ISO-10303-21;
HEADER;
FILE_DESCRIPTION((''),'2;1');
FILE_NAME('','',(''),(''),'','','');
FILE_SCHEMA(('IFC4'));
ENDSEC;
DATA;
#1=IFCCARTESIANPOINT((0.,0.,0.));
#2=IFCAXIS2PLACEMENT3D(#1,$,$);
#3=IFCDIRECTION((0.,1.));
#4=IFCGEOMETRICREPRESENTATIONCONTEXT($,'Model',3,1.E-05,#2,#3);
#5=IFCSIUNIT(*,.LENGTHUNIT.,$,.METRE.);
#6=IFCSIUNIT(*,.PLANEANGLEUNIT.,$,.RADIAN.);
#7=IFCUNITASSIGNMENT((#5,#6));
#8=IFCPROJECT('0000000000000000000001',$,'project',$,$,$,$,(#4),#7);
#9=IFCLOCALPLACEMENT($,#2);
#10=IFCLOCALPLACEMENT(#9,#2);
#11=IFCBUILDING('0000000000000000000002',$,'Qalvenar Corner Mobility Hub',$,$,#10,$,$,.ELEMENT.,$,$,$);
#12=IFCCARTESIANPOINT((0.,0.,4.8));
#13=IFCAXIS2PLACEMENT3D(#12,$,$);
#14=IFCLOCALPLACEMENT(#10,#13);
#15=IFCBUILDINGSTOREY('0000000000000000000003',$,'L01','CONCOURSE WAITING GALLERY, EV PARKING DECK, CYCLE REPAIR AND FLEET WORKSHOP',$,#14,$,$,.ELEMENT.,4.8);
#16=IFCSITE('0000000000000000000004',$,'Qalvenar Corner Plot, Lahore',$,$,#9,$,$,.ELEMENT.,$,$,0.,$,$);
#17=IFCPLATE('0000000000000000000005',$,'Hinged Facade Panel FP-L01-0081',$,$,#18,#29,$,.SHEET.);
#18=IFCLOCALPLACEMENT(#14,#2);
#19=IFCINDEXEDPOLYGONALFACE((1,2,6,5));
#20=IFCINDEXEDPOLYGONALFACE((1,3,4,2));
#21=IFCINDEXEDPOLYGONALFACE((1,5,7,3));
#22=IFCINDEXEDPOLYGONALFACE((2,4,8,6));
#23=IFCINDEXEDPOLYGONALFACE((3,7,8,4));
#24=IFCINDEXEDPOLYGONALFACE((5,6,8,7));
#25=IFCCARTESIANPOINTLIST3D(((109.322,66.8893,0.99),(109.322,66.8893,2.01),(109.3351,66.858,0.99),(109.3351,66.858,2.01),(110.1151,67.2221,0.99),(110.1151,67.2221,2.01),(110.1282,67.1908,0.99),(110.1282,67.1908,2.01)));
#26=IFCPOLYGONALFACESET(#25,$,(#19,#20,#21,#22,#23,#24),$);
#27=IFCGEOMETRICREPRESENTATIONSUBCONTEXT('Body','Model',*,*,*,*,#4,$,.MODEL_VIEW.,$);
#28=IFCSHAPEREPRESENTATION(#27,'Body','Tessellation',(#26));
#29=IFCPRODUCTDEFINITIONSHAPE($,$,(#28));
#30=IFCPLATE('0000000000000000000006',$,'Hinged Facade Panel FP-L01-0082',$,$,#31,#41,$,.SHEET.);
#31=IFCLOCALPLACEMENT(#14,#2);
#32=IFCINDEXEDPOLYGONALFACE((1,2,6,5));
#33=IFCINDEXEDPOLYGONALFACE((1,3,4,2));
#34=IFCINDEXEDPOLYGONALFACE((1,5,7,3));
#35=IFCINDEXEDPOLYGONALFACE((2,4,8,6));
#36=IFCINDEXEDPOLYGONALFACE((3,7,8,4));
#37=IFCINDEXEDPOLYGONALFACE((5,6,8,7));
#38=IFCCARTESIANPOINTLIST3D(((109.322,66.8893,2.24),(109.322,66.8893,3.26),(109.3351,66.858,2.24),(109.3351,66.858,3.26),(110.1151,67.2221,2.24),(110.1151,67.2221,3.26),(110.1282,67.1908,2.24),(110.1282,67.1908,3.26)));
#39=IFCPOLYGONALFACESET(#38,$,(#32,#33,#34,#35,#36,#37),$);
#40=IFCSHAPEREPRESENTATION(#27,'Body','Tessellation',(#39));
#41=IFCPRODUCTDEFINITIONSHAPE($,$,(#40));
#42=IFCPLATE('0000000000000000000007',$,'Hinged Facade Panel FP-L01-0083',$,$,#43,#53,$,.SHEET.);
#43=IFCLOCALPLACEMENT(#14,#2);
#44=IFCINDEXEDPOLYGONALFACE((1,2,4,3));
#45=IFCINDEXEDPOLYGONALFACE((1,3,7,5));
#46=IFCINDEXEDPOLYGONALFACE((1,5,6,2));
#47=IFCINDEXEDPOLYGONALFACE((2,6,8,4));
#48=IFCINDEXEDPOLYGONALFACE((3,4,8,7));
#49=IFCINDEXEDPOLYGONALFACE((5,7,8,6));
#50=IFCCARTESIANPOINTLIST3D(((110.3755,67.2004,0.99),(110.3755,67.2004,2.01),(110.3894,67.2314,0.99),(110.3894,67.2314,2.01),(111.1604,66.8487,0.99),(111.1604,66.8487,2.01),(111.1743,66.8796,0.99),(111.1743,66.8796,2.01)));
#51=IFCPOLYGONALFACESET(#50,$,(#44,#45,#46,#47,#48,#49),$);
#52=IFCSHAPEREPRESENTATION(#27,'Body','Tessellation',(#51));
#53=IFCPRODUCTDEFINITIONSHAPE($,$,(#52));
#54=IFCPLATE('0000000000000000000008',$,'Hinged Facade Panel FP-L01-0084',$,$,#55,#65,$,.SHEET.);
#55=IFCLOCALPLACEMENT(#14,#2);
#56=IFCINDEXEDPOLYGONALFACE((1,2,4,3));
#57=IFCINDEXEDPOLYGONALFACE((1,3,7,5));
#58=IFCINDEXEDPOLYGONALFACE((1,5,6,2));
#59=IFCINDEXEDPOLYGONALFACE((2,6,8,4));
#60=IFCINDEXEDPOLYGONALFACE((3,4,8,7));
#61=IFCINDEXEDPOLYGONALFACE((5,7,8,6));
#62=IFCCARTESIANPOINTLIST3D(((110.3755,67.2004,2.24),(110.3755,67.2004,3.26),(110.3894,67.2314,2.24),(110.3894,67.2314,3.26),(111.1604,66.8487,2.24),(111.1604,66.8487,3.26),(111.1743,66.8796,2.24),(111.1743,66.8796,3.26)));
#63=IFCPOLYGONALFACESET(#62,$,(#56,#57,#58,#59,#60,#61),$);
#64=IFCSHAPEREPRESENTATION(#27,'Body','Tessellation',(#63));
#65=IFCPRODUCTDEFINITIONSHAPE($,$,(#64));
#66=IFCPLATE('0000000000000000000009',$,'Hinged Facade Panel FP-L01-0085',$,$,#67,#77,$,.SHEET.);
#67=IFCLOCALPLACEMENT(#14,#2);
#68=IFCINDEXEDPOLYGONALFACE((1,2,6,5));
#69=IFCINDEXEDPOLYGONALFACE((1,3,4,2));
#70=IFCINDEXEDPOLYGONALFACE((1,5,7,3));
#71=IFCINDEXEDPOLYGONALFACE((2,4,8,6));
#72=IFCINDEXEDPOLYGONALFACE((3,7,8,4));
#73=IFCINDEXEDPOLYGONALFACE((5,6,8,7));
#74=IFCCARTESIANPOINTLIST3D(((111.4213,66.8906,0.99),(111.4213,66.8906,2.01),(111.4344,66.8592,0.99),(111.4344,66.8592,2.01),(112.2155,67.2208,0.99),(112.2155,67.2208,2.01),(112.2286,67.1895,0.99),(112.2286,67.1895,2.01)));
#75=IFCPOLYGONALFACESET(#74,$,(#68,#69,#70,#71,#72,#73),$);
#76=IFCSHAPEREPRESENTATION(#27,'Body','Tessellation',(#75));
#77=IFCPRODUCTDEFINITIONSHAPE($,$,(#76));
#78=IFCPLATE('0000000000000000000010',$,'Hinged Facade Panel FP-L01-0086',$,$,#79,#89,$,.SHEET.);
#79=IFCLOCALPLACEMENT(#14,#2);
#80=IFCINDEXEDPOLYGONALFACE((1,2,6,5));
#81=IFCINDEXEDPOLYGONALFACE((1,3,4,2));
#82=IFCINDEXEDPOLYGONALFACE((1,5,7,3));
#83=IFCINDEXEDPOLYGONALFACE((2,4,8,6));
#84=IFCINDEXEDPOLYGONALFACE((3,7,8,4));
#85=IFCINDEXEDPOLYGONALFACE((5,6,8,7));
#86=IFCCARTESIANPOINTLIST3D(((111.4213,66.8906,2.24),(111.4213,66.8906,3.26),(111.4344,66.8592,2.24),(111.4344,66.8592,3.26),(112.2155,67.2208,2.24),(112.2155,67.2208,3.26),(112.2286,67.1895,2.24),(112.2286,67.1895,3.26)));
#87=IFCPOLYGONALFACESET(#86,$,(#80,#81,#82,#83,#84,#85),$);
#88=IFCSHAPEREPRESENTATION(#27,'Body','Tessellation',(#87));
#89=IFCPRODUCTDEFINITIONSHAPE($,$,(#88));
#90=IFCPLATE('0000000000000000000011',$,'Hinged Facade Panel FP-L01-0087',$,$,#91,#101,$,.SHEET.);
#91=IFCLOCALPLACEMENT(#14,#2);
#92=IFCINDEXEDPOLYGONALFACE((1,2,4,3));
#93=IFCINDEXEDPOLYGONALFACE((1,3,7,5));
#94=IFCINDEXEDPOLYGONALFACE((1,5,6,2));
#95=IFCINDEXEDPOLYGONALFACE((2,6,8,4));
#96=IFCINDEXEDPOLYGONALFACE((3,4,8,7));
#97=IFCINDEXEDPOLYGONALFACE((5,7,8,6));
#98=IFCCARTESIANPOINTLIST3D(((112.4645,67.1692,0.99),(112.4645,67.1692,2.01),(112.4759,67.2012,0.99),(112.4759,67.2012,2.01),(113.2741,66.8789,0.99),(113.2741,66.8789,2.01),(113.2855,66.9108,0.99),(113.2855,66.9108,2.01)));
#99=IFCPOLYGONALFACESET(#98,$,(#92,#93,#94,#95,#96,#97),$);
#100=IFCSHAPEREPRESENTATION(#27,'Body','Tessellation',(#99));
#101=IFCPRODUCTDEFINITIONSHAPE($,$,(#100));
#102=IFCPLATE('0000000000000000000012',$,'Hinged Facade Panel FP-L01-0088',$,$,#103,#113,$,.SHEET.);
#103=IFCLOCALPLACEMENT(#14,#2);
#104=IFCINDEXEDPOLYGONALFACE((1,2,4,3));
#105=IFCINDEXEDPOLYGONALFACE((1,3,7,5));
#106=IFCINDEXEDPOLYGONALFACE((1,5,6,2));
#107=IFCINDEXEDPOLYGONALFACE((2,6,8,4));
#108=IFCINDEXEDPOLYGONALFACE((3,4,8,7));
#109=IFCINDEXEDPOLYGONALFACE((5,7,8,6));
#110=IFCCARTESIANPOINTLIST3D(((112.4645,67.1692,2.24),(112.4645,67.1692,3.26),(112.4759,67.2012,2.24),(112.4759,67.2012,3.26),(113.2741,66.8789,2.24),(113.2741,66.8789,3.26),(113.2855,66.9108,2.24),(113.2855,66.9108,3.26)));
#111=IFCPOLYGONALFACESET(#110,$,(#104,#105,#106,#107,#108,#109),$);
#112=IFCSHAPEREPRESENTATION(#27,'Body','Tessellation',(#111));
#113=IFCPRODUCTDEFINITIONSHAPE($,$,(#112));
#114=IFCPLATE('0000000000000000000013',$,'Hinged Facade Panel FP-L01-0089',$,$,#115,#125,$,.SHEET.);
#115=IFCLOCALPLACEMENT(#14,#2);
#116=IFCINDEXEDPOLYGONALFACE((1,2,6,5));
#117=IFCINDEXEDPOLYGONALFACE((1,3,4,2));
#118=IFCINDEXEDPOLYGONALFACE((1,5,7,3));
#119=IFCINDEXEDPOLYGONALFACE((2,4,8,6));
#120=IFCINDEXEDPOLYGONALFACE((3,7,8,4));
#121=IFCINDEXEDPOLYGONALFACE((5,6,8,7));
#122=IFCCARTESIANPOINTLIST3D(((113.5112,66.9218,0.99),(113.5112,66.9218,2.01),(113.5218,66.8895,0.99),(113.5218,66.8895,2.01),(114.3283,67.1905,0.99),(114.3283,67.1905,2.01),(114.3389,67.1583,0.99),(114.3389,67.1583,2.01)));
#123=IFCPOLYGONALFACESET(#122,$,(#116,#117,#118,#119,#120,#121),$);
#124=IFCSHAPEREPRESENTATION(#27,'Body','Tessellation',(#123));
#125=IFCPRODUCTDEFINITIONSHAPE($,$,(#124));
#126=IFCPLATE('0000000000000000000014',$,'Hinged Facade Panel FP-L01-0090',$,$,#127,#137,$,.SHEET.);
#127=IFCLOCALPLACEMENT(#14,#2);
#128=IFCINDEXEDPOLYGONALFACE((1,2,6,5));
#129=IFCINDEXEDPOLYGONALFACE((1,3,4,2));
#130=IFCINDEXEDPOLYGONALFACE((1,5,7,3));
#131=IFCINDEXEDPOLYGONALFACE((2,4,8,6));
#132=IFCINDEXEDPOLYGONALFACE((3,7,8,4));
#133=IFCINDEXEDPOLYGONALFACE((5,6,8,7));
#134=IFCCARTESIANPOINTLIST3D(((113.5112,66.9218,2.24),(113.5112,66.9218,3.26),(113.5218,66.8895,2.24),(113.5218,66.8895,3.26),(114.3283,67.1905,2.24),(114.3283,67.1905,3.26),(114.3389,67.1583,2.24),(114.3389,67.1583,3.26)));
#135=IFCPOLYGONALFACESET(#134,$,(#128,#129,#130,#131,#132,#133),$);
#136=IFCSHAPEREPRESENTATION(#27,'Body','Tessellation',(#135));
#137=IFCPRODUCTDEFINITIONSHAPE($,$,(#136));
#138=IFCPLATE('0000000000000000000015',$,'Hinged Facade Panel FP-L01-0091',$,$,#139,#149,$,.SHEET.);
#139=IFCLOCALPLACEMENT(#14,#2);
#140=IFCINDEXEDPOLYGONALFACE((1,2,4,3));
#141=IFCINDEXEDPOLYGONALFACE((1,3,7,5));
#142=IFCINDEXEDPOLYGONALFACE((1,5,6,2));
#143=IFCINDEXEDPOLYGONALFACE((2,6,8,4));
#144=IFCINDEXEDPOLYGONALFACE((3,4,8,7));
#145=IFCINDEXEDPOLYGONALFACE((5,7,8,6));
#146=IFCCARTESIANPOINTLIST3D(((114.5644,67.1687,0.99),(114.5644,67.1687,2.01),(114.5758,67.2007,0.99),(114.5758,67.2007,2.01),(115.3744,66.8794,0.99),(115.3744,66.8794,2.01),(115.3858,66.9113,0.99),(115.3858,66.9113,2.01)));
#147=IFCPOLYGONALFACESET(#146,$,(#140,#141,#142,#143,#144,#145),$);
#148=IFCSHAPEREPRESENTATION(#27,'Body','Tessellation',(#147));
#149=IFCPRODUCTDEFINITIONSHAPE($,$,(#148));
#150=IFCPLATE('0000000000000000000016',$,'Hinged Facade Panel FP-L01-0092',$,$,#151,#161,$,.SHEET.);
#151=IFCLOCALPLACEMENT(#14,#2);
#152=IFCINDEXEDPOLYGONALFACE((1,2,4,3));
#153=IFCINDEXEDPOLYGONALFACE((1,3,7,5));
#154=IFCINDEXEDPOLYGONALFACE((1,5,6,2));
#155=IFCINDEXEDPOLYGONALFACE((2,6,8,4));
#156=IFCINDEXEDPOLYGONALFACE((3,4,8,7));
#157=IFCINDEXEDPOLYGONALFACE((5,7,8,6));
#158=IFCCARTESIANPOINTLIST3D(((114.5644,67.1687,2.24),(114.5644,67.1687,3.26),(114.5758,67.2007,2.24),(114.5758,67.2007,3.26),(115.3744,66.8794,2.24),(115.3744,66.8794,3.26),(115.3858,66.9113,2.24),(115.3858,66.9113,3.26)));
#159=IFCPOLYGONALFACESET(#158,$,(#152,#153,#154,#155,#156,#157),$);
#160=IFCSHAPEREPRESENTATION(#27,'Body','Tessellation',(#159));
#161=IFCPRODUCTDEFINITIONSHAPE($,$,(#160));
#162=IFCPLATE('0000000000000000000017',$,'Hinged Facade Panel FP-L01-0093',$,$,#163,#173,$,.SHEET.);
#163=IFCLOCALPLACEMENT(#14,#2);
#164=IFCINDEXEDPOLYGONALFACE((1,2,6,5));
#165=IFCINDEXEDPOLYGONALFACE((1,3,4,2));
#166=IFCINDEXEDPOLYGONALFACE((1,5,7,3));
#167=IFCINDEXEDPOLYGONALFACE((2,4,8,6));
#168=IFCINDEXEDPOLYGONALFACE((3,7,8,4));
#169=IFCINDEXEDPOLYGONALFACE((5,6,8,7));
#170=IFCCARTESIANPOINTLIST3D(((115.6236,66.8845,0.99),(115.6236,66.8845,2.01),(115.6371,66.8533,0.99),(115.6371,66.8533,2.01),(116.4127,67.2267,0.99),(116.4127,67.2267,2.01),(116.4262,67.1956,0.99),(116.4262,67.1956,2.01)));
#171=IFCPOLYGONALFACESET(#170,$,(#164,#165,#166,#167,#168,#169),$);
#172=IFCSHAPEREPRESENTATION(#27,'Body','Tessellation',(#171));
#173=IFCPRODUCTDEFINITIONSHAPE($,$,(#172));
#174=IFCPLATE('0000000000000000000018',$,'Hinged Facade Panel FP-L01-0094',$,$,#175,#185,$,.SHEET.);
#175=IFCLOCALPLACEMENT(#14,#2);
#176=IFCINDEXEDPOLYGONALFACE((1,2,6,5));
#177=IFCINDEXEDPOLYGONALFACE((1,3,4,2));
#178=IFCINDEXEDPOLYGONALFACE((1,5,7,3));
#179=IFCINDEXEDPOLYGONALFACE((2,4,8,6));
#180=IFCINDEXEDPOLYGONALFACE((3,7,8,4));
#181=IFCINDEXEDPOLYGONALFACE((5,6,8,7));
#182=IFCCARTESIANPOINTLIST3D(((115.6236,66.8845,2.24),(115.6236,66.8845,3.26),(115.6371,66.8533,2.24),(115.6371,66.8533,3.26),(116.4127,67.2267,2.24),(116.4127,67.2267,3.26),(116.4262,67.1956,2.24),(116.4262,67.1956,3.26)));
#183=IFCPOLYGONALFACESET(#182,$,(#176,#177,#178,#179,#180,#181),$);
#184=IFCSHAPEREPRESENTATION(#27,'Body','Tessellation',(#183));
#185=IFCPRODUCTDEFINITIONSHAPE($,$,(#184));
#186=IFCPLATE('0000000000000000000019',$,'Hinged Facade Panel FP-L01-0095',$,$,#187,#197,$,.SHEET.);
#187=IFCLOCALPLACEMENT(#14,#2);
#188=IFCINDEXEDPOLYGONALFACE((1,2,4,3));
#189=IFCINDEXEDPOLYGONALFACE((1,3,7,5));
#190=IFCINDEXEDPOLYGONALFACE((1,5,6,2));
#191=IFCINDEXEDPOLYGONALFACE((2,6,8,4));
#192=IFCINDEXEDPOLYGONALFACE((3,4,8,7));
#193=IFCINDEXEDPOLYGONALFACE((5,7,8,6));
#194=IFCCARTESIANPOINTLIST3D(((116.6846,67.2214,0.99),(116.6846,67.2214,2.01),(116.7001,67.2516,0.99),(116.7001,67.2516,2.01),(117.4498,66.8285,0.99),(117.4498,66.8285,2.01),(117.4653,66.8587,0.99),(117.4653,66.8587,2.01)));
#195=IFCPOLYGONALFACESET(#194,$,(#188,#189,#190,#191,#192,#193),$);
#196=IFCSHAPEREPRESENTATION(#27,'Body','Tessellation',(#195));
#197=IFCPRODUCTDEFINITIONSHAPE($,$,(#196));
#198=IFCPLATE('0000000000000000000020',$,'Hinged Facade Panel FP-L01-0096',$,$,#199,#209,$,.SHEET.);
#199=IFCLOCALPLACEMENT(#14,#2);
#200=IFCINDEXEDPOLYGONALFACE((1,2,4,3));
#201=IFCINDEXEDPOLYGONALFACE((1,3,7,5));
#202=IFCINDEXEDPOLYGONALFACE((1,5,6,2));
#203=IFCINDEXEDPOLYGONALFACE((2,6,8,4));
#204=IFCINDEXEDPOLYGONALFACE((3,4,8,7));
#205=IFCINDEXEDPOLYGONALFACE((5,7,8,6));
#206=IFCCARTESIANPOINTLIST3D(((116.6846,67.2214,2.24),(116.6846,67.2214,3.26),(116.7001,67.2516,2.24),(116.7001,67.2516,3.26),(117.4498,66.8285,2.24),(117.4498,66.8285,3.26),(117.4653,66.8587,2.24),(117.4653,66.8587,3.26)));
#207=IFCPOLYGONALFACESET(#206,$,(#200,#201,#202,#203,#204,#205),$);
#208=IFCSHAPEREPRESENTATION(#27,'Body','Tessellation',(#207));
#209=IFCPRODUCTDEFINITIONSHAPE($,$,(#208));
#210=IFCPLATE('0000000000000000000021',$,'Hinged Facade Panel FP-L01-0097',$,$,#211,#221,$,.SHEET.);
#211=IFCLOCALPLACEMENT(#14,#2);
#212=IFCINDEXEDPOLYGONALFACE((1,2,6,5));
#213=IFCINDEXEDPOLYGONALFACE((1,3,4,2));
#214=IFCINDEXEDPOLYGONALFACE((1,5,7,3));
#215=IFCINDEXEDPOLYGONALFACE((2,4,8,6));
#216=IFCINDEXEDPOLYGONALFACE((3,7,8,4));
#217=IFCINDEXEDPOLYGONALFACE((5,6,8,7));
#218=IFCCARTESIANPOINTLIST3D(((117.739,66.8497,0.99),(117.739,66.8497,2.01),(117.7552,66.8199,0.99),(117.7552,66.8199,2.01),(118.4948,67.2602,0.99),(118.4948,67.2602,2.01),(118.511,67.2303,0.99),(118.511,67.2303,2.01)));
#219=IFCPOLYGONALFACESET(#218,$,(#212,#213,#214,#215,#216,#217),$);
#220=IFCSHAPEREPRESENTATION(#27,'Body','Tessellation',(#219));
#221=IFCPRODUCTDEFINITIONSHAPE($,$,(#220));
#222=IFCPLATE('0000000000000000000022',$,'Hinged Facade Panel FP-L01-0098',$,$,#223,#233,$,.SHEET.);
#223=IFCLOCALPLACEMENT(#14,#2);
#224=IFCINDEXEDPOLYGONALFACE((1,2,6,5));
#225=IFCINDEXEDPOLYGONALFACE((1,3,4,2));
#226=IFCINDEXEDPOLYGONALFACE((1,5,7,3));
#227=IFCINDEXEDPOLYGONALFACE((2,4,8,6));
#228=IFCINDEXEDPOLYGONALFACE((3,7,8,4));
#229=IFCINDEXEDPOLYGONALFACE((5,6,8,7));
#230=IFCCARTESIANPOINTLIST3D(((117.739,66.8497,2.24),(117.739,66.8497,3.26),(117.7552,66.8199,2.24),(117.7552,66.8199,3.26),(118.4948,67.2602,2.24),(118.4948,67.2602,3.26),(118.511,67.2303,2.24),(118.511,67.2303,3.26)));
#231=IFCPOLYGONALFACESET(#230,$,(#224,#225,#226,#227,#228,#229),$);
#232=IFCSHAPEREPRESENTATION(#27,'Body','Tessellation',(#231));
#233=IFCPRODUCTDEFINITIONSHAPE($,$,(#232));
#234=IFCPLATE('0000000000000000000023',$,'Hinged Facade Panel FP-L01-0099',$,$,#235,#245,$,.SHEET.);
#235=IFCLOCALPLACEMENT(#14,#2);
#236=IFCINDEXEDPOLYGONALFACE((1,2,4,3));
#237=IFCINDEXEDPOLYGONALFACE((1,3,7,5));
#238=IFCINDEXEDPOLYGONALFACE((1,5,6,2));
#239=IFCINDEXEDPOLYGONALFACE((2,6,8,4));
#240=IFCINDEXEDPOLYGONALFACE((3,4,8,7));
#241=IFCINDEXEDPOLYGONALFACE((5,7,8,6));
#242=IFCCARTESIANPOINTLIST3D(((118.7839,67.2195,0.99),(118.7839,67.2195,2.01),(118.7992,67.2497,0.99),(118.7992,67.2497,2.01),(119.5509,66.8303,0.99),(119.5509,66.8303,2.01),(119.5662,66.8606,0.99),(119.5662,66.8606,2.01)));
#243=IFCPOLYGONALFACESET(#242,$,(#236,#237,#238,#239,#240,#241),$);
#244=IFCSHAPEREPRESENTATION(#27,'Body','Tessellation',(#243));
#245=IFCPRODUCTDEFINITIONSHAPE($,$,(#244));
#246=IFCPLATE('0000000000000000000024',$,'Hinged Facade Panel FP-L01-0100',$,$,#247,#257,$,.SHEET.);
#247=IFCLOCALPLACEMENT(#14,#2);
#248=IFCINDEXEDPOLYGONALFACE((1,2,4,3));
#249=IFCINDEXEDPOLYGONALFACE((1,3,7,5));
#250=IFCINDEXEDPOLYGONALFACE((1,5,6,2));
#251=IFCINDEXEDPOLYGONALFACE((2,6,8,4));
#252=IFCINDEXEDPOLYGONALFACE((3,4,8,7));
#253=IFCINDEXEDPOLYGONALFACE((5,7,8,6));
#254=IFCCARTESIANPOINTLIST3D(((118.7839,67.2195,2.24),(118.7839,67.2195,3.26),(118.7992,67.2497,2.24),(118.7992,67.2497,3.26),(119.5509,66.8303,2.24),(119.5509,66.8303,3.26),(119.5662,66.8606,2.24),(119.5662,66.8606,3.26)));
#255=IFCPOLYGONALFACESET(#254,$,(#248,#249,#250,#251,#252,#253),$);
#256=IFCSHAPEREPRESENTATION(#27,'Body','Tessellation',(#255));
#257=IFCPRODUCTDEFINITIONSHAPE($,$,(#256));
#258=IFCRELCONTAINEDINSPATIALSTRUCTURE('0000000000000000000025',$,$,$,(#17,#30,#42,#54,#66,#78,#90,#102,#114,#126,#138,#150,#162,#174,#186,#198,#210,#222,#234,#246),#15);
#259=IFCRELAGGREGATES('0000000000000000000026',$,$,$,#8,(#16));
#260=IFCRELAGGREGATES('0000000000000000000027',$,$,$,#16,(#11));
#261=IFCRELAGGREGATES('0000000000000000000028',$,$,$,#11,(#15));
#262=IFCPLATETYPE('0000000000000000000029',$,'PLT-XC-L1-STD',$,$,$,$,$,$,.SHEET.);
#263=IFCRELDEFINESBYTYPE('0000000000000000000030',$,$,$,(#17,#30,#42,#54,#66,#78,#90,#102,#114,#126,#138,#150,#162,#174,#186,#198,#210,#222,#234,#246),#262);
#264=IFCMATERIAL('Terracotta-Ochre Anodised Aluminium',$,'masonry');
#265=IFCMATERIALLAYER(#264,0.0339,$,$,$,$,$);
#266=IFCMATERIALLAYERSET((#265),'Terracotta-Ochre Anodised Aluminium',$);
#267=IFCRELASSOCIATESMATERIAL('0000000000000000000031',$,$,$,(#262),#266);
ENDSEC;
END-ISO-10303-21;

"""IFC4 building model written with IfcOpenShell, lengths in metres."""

from ifc_helpers import new_model, si_unit, direction, frame, origin, origin_2d, place, context, subcontext, project, spatial, rectangle, extrude, material, layer, layer_set, type_object, element, save


model = new_model("IFC4")

# Units and contexts
model_context = context("Model", 3, precision=1e-05, world=origin(), true_north=direction((0.0, 1.0)))
body_context = subcontext(model_context, "Body", "Model", "MODEL_VIEW")
ifc_project = project(units=[si_unit("LENGTHUNIT", "METRE"), si_unit("PLANEANGLEUNIT", "RADIAN")], contexts=[model_context])

# Site, building, storey
site_placement = place(None, origin())
site = spatial("IfcSite", under=ifc_project, at=site_placement, Name="Qalvenar Corner Plot, Lahore", CompositionType="ELEMENT", RefElevation=0.0)
building_placement = place(site_placement, origin())
building = spatial("IfcBuilding", under=site, at=building_placement, Name="Qalvenar Corner Mobility Hub", CompositionType="ELEMENT")
storey_placement = place(building_placement, frame((0.0, 0.0, 4.8)))
storey = spatial("IfcBuildingStorey", under=building, at=storey_placement, Name="L01", Description="CONCOURSE WAITING GALLERY, EV PARKING DECK, CYCLE REPAIR AND FLEET WORKSHOP", CompositionType="ELEMENT", Elevation=4.8)

# Plates
ifc_material_1 = material(Name="Terracotta-Ochre Anodised Aluminium", Category="masonry")
ifc_layer = layer(ifc_material_1, 0.0339)
ifc_layer_set = layer_set([ifc_layer], Name="Terracotta-Ochre Anodised Aluminium")
plate_type = type_object("IfcPlateType", Name="PLT-XC-L1-STD", PredefinedType="SHEET", material=ifc_layer_set)
for number, where, z_axis, x_axis, name in (
    (1, (109.7251, 67.04, 0.99), (0.0, 0.0, 1.0), (0.922133, 0.386872, 0.0), "Hinged Facade Panel FP-L01-0081"),
    (2, (109.7251, 67.04, 2.24), (0.0, 0.0, 1.0), (0.922133, 0.386872, 0.0), "Hinged Facade Panel FP-L01-0082"),
    (3, (110.7749, 67.04, 0.99), (0.0, 0.0, 1.0), (0.912549, -0.408968, 0.0), "Hinged Facade Panel FP-L01-0083"),
    (4, (110.7749, 67.04, 2.24), (0.0, 0.0, 1.0), (0.912549, -0.408968, 0.0), "Hinged Facade Panel FP-L01-0084"),
    (5, (111.825, 67.04, 0.99), (0.0, 0.0, 1.0), (0.923344, 0.383973, 0.0), "Hinged Facade Panel FP-L01-0085"),
    (6, (111.825, 67.04, 2.24), (0.0, 0.0, 1.0), (0.923344, 0.383973, 0.0), "Hinged Facade Panel FP-L01-0086"),
    (7, (112.875, 67.04, 0.99), (0.0, 0.0, 1.0), (0.941294, -0.337588, 0.0), "Hinged Facade Panel FP-L01-0087"),
    (8, (112.875, 67.04, 2.24), (0.0, 0.0, 1.0), (0.941294, -0.337588, 0.0), "Hinged Facade Panel FP-L01-0088"),
    (9, (113.925, 67.04, 0.99), (0.0, 0.0, 1.0), (0.949918, 0.312501, 0.0), "Hinged Facade Panel FP-L01-0089"),
    (10, (113.925, 67.04, 2.24), (0.0, 0.0, 1.0), (0.949918, 0.312501, 0.0), "Hinged Facade Panel FP-L01-0090"),
    (11, (114.9751, 67.04, 0.99), (0.0, 0.0, 1.0), (0.941706, -0.336438, 0.0), "Hinged Facade Panel FP-L01-0091"),
    (12, (114.9751, 67.04, 2.24), (0.0, 0.0, 1.0), (0.941706, -0.336438, 0.0), "Hinged Facade Panel FP-L01-0092"),
    (13, (116.0249, 67.04, 0.99), (0.0, 0.0, 1.0), (0.917408, 0.397949, 0.0), "Hinged Facade Panel FP-L01-0093"),
    (14, (116.0249, 67.04, 2.24), (0.0, 0.0, 1.0), (0.917408, 0.397949, 0.0), "Hinged Facade Panel FP-L01-0094"),
    (15, (117.075, 67.04, 0.99), (0.0, 0.0, 1.0), (0.889576, -0.456787, 0.0), "Hinged Facade Panel FP-L01-0095"),
    (16, (117.075, 67.04, 2.24), (0.0, 0.0, 1.0), (0.889576, -0.456787, 0.0), "Hinged Facade Panel FP-L01-0096"),
    (17, (118.125, 67.04, 0.99), (0.0, 0.0, 1.0), (0.878817, 0.477159, 0.0), "Hinged Facade Panel FP-L01-0097"),
    (18, (118.125, 67.04, 2.24), (0.0, 0.0, 1.0), (0.878817, 0.477159, 0.0), "Hinged Facade Panel FP-L01-0098"),
    (19, (119.175, 67.04, 0.99), (0.0, 0.0, 1.0), (0.891798, -0.452435, 0.0), "Hinged Facade Panel FP-L01-0099"),
    (20, (119.175, 67.04, 2.24), (0.0, 0.0, 1.0), (0.891798, -0.452435, 0.0), "Hinged Facade Panel FP-L01-0100"),
):
    element("IfcPlate", number, at=place(storey_placement, frame(where, z_axis=z_axis, x_axis=x_axis)), inside=storey, type_object=plate_type, Name=name, PredefinedType="SHEET", context=body_context, shape_type="SweptSolid", body=[
        extrude(rectangle(XDim=0.8601, YDim=0.0339, at=origin_2d()), origin(), (0.0, 0.0, 1.0), 1.02),
    ])

save(model, "model.ifc")
